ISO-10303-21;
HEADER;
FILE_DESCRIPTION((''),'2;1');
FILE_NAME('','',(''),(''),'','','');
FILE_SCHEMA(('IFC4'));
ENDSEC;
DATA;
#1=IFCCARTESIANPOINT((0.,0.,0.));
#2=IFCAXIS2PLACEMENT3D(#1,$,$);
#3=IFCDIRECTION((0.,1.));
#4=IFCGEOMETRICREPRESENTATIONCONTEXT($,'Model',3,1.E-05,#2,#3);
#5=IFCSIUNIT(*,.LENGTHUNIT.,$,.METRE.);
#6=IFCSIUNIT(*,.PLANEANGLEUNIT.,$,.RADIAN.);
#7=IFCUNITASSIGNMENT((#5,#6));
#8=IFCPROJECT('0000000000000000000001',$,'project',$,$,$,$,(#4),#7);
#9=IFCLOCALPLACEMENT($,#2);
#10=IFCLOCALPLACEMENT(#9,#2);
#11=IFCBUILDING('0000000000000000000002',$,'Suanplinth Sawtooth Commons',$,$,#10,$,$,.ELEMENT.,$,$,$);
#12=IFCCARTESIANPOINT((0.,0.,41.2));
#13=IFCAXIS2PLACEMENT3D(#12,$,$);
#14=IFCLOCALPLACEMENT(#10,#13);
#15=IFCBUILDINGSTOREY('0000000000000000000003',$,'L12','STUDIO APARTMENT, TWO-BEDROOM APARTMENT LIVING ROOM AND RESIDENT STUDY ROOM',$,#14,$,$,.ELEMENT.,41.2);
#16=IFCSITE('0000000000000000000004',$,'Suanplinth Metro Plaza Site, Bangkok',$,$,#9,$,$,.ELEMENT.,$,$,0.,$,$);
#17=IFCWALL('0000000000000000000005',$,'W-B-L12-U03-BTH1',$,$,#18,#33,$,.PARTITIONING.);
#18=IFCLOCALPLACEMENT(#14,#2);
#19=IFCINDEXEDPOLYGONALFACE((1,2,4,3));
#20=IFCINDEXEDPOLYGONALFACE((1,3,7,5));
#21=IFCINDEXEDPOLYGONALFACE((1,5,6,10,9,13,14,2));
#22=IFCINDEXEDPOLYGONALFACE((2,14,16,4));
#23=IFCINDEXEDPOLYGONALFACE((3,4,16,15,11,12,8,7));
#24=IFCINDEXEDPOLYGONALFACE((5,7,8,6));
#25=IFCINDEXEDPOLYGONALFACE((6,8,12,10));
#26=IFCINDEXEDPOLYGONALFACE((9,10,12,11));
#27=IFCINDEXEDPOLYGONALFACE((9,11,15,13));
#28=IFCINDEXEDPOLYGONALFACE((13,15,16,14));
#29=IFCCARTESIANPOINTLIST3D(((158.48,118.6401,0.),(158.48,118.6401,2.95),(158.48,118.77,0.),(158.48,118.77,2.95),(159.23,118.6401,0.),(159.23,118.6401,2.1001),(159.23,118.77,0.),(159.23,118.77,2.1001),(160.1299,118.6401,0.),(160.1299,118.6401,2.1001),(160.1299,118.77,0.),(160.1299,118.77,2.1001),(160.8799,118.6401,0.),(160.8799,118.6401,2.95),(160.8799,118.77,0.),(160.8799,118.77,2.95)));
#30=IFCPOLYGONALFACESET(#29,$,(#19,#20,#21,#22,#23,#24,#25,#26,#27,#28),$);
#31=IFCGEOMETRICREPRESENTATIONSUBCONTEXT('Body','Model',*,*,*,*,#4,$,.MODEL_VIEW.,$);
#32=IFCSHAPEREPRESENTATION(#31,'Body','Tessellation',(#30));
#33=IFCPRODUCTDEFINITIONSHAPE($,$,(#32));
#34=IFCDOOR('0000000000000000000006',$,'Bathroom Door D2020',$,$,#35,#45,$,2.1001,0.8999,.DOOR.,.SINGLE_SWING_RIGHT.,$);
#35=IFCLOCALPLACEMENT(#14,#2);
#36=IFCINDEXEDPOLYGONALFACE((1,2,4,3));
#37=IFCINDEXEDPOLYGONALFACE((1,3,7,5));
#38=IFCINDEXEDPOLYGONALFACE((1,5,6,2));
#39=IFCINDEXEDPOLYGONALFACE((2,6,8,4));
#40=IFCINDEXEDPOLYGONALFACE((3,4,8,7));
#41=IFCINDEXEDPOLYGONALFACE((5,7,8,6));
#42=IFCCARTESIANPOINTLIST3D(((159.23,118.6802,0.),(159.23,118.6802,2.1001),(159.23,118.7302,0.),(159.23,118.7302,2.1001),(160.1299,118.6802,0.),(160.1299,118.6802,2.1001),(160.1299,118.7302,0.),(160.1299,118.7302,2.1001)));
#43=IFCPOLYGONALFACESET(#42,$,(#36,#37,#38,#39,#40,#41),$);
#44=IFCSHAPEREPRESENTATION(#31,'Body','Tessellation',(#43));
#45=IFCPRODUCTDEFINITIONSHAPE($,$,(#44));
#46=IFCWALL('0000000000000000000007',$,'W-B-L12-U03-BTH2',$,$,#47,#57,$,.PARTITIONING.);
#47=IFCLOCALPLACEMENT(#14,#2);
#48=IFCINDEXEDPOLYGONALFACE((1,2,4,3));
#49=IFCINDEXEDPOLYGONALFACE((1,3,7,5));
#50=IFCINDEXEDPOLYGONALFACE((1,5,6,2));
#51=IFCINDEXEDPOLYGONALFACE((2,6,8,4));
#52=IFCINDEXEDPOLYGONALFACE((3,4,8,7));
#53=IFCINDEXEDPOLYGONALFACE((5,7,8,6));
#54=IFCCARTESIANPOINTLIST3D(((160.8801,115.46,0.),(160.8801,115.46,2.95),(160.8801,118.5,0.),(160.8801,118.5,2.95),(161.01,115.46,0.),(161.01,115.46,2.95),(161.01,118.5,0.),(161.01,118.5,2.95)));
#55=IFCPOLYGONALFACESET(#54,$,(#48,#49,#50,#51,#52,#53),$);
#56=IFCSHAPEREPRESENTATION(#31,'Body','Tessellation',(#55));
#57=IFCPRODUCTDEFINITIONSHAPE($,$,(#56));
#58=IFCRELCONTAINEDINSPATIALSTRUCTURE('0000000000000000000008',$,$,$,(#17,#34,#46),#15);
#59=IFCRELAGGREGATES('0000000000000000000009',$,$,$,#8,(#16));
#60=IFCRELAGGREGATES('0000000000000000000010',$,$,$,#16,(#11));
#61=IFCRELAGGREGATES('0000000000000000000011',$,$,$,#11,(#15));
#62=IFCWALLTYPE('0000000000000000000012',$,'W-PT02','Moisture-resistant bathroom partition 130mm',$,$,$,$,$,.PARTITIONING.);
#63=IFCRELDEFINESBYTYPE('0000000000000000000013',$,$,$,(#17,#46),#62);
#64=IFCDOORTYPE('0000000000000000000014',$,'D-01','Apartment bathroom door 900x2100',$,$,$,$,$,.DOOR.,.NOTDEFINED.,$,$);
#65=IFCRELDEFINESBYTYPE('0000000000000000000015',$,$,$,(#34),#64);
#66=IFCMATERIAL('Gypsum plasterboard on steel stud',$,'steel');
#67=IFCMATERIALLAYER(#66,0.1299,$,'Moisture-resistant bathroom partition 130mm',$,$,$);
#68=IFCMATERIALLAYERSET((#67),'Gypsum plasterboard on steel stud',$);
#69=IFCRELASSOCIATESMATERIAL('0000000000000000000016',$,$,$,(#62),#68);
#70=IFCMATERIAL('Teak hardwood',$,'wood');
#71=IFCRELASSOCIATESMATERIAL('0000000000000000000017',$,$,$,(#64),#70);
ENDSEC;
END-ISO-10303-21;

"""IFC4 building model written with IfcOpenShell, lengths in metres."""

from ifc_helpers import new_model, si_unit, direction, frame, frame_2d, origin, place, context, subcontext, project, spatial, rectangle, extrude, material, layer, layer_set, type_object, element, fill, save


model = new_model("IFC4")

# Units and contexts
model_context = context("Model", 3, precision=1e-05, world=origin(), true_north=direction((0.0, 1.0)))
body_context = subcontext(model_context, "Body", "Model", "MODEL_VIEW")
ifc_project = project(units=[si_unit("LENGTHUNIT", "METRE"), si_unit("PLANEANGLEUNIT", "RADIAN")], contexts=[model_context])

# Site, building, storey
site_placement = place(None, origin())
site = spatial("IfcSite", under=ifc_project, at=site_placement, Name="Suanplinth Metro Plaza Site, Bangkok", CompositionType="ELEMENT", RefElevation=0.0)
building_placement = place(site_placement, origin())
building = spatial("IfcBuilding", under=site, at=building_placement, Name="Suanplinth Sawtooth Commons", CompositionType="ELEMENT")
storey_placement = place(building_placement, frame((0.0, 0.0, 41.2)))
storey = spatial("IfcBuildingStorey", under=building, at=storey_placement, Name="L12", Description="STUDIO APARTMENT, TWO-BEDROOM APARTMENT LIVING ROOM AND RESIDENT STUDY ROOM", CompositionType="ELEMENT", Elevation=41.2)

# Shared definitions
ifc_material_1 = material(Name="Gypsum plasterboard on steel stud", Category="steel")
ifc_material_2 = material(Name="Teak hardwood", Category="wood")

# Wall, opening, door
ifc_layer_1 = layer(ifc_material_1, 0.1299, Name="Moisture-resistant bathroom partition 130mm")
ifc_layer_set_1 = layer_set([ifc_layer_1], Name="Gypsum plasterboard on steel stud")
wall_type_1 = type_object("IfcWallType", Name="W-PT02", Description="Moisture-resistant bathroom partition 130mm", PredefinedType="PARTITIONING", material=ifc_layer_set_1)
wall_1_placement = place(storey_placement, frame((158.48, 118.7051, 0.0), z_axis=(0.0, 0.0, 1.0), x_axis=(1.0, 0.0, 0.0)))
wall_1 = element("IfcWall", 1, at=wall_1_placement, inside=storey, type_object=wall_type_1, Name="W-B-L12-U03-BTH1", PredefinedType="PARTITIONING", context=body_context, shape_type="SweptSolid", body=[
    extrude(rectangle(XDim=2.3999, YDim=0.1299, at=frame_2d((1.2, 0.0))), origin(), (0.0, 0.0, 1.0), 2.95),
])
opening_1_placement = place(wall_1_placement, frame((0.75, 0.0, 0.0)))
opening_1 = element("IfcOpeningElement", 2, at=opening_1_placement, cuts=wall_1, PredefinedType="OPENING", context=body_context, shape_type="SweptSolid", body=[
    extrude(rectangle(XDim=0.8999, YDim=2.1001, at=frame_2d((0.45, 1.05))), frame((0.0, 0.0798, 0.0), z_axis=(0.0, -1.0, 0.0), x_axis=(1.0, 0.0, 0.0)), (0.0, 0.0, 1.0), 0.1597),
])
door_type_1 = type_object("IfcDoorType", Name="D-01", Description="Apartment bathroom door 900x2100", OperationType="NOTDEFINED", PredefinedType="DOOR", material=ifc_material_2)
door_1_placement = place(opening_1_placement, frame((0.8999, 0.0, 0.0), z_axis=(0.0, 0.0, 1.0), x_axis=(-1.0, 0.0, 0.0)))
door_1 = element("IfcDoor", 3, at=door_1_placement, inside=storey, type_object=door_type_1, Name="Bathroom Door D2020", OperationType="SINGLE_SWING_RIGHT", OverallHeight=2.1001, OverallWidth=0.8999, PredefinedType="DOOR", context=body_context, shape_type="SweptSolid", body=[
    extrude(rectangle(XDim=0.8999, YDim=2.1001, at=frame_2d((0.45, 1.05))), frame((0.0, 0.0249, 0.0), z_axis=(0.0, -1.0, 0.0), x_axis=(1.0, 0.0, 0.0)), (0.0, 0.0, 1.0), 0.05),
])
fill(opening_1, door_1)

# Wall
wall_2_placement = place(storey_placement, frame((160.9451, 115.46, 0.0), z_axis=(0.0, 0.0, 1.0), x_axis=(0.0, 1.0, 0.0)))
element("IfcWall", 4, at=wall_2_placement, inside=storey, type_object=wall_type_1, Name="W-B-L12-U03-BTH2", PredefinedType="PARTITIONING", context=body_context, shape_type="SweptSolid", body=[
    extrude(rectangle(XDim=3.04, YDim=0.1299, at=frame_2d((1.52, 0.0))), origin(), (0.0, 0.0, 1.0), 2.95),
])

save(model, "model.ifc")
